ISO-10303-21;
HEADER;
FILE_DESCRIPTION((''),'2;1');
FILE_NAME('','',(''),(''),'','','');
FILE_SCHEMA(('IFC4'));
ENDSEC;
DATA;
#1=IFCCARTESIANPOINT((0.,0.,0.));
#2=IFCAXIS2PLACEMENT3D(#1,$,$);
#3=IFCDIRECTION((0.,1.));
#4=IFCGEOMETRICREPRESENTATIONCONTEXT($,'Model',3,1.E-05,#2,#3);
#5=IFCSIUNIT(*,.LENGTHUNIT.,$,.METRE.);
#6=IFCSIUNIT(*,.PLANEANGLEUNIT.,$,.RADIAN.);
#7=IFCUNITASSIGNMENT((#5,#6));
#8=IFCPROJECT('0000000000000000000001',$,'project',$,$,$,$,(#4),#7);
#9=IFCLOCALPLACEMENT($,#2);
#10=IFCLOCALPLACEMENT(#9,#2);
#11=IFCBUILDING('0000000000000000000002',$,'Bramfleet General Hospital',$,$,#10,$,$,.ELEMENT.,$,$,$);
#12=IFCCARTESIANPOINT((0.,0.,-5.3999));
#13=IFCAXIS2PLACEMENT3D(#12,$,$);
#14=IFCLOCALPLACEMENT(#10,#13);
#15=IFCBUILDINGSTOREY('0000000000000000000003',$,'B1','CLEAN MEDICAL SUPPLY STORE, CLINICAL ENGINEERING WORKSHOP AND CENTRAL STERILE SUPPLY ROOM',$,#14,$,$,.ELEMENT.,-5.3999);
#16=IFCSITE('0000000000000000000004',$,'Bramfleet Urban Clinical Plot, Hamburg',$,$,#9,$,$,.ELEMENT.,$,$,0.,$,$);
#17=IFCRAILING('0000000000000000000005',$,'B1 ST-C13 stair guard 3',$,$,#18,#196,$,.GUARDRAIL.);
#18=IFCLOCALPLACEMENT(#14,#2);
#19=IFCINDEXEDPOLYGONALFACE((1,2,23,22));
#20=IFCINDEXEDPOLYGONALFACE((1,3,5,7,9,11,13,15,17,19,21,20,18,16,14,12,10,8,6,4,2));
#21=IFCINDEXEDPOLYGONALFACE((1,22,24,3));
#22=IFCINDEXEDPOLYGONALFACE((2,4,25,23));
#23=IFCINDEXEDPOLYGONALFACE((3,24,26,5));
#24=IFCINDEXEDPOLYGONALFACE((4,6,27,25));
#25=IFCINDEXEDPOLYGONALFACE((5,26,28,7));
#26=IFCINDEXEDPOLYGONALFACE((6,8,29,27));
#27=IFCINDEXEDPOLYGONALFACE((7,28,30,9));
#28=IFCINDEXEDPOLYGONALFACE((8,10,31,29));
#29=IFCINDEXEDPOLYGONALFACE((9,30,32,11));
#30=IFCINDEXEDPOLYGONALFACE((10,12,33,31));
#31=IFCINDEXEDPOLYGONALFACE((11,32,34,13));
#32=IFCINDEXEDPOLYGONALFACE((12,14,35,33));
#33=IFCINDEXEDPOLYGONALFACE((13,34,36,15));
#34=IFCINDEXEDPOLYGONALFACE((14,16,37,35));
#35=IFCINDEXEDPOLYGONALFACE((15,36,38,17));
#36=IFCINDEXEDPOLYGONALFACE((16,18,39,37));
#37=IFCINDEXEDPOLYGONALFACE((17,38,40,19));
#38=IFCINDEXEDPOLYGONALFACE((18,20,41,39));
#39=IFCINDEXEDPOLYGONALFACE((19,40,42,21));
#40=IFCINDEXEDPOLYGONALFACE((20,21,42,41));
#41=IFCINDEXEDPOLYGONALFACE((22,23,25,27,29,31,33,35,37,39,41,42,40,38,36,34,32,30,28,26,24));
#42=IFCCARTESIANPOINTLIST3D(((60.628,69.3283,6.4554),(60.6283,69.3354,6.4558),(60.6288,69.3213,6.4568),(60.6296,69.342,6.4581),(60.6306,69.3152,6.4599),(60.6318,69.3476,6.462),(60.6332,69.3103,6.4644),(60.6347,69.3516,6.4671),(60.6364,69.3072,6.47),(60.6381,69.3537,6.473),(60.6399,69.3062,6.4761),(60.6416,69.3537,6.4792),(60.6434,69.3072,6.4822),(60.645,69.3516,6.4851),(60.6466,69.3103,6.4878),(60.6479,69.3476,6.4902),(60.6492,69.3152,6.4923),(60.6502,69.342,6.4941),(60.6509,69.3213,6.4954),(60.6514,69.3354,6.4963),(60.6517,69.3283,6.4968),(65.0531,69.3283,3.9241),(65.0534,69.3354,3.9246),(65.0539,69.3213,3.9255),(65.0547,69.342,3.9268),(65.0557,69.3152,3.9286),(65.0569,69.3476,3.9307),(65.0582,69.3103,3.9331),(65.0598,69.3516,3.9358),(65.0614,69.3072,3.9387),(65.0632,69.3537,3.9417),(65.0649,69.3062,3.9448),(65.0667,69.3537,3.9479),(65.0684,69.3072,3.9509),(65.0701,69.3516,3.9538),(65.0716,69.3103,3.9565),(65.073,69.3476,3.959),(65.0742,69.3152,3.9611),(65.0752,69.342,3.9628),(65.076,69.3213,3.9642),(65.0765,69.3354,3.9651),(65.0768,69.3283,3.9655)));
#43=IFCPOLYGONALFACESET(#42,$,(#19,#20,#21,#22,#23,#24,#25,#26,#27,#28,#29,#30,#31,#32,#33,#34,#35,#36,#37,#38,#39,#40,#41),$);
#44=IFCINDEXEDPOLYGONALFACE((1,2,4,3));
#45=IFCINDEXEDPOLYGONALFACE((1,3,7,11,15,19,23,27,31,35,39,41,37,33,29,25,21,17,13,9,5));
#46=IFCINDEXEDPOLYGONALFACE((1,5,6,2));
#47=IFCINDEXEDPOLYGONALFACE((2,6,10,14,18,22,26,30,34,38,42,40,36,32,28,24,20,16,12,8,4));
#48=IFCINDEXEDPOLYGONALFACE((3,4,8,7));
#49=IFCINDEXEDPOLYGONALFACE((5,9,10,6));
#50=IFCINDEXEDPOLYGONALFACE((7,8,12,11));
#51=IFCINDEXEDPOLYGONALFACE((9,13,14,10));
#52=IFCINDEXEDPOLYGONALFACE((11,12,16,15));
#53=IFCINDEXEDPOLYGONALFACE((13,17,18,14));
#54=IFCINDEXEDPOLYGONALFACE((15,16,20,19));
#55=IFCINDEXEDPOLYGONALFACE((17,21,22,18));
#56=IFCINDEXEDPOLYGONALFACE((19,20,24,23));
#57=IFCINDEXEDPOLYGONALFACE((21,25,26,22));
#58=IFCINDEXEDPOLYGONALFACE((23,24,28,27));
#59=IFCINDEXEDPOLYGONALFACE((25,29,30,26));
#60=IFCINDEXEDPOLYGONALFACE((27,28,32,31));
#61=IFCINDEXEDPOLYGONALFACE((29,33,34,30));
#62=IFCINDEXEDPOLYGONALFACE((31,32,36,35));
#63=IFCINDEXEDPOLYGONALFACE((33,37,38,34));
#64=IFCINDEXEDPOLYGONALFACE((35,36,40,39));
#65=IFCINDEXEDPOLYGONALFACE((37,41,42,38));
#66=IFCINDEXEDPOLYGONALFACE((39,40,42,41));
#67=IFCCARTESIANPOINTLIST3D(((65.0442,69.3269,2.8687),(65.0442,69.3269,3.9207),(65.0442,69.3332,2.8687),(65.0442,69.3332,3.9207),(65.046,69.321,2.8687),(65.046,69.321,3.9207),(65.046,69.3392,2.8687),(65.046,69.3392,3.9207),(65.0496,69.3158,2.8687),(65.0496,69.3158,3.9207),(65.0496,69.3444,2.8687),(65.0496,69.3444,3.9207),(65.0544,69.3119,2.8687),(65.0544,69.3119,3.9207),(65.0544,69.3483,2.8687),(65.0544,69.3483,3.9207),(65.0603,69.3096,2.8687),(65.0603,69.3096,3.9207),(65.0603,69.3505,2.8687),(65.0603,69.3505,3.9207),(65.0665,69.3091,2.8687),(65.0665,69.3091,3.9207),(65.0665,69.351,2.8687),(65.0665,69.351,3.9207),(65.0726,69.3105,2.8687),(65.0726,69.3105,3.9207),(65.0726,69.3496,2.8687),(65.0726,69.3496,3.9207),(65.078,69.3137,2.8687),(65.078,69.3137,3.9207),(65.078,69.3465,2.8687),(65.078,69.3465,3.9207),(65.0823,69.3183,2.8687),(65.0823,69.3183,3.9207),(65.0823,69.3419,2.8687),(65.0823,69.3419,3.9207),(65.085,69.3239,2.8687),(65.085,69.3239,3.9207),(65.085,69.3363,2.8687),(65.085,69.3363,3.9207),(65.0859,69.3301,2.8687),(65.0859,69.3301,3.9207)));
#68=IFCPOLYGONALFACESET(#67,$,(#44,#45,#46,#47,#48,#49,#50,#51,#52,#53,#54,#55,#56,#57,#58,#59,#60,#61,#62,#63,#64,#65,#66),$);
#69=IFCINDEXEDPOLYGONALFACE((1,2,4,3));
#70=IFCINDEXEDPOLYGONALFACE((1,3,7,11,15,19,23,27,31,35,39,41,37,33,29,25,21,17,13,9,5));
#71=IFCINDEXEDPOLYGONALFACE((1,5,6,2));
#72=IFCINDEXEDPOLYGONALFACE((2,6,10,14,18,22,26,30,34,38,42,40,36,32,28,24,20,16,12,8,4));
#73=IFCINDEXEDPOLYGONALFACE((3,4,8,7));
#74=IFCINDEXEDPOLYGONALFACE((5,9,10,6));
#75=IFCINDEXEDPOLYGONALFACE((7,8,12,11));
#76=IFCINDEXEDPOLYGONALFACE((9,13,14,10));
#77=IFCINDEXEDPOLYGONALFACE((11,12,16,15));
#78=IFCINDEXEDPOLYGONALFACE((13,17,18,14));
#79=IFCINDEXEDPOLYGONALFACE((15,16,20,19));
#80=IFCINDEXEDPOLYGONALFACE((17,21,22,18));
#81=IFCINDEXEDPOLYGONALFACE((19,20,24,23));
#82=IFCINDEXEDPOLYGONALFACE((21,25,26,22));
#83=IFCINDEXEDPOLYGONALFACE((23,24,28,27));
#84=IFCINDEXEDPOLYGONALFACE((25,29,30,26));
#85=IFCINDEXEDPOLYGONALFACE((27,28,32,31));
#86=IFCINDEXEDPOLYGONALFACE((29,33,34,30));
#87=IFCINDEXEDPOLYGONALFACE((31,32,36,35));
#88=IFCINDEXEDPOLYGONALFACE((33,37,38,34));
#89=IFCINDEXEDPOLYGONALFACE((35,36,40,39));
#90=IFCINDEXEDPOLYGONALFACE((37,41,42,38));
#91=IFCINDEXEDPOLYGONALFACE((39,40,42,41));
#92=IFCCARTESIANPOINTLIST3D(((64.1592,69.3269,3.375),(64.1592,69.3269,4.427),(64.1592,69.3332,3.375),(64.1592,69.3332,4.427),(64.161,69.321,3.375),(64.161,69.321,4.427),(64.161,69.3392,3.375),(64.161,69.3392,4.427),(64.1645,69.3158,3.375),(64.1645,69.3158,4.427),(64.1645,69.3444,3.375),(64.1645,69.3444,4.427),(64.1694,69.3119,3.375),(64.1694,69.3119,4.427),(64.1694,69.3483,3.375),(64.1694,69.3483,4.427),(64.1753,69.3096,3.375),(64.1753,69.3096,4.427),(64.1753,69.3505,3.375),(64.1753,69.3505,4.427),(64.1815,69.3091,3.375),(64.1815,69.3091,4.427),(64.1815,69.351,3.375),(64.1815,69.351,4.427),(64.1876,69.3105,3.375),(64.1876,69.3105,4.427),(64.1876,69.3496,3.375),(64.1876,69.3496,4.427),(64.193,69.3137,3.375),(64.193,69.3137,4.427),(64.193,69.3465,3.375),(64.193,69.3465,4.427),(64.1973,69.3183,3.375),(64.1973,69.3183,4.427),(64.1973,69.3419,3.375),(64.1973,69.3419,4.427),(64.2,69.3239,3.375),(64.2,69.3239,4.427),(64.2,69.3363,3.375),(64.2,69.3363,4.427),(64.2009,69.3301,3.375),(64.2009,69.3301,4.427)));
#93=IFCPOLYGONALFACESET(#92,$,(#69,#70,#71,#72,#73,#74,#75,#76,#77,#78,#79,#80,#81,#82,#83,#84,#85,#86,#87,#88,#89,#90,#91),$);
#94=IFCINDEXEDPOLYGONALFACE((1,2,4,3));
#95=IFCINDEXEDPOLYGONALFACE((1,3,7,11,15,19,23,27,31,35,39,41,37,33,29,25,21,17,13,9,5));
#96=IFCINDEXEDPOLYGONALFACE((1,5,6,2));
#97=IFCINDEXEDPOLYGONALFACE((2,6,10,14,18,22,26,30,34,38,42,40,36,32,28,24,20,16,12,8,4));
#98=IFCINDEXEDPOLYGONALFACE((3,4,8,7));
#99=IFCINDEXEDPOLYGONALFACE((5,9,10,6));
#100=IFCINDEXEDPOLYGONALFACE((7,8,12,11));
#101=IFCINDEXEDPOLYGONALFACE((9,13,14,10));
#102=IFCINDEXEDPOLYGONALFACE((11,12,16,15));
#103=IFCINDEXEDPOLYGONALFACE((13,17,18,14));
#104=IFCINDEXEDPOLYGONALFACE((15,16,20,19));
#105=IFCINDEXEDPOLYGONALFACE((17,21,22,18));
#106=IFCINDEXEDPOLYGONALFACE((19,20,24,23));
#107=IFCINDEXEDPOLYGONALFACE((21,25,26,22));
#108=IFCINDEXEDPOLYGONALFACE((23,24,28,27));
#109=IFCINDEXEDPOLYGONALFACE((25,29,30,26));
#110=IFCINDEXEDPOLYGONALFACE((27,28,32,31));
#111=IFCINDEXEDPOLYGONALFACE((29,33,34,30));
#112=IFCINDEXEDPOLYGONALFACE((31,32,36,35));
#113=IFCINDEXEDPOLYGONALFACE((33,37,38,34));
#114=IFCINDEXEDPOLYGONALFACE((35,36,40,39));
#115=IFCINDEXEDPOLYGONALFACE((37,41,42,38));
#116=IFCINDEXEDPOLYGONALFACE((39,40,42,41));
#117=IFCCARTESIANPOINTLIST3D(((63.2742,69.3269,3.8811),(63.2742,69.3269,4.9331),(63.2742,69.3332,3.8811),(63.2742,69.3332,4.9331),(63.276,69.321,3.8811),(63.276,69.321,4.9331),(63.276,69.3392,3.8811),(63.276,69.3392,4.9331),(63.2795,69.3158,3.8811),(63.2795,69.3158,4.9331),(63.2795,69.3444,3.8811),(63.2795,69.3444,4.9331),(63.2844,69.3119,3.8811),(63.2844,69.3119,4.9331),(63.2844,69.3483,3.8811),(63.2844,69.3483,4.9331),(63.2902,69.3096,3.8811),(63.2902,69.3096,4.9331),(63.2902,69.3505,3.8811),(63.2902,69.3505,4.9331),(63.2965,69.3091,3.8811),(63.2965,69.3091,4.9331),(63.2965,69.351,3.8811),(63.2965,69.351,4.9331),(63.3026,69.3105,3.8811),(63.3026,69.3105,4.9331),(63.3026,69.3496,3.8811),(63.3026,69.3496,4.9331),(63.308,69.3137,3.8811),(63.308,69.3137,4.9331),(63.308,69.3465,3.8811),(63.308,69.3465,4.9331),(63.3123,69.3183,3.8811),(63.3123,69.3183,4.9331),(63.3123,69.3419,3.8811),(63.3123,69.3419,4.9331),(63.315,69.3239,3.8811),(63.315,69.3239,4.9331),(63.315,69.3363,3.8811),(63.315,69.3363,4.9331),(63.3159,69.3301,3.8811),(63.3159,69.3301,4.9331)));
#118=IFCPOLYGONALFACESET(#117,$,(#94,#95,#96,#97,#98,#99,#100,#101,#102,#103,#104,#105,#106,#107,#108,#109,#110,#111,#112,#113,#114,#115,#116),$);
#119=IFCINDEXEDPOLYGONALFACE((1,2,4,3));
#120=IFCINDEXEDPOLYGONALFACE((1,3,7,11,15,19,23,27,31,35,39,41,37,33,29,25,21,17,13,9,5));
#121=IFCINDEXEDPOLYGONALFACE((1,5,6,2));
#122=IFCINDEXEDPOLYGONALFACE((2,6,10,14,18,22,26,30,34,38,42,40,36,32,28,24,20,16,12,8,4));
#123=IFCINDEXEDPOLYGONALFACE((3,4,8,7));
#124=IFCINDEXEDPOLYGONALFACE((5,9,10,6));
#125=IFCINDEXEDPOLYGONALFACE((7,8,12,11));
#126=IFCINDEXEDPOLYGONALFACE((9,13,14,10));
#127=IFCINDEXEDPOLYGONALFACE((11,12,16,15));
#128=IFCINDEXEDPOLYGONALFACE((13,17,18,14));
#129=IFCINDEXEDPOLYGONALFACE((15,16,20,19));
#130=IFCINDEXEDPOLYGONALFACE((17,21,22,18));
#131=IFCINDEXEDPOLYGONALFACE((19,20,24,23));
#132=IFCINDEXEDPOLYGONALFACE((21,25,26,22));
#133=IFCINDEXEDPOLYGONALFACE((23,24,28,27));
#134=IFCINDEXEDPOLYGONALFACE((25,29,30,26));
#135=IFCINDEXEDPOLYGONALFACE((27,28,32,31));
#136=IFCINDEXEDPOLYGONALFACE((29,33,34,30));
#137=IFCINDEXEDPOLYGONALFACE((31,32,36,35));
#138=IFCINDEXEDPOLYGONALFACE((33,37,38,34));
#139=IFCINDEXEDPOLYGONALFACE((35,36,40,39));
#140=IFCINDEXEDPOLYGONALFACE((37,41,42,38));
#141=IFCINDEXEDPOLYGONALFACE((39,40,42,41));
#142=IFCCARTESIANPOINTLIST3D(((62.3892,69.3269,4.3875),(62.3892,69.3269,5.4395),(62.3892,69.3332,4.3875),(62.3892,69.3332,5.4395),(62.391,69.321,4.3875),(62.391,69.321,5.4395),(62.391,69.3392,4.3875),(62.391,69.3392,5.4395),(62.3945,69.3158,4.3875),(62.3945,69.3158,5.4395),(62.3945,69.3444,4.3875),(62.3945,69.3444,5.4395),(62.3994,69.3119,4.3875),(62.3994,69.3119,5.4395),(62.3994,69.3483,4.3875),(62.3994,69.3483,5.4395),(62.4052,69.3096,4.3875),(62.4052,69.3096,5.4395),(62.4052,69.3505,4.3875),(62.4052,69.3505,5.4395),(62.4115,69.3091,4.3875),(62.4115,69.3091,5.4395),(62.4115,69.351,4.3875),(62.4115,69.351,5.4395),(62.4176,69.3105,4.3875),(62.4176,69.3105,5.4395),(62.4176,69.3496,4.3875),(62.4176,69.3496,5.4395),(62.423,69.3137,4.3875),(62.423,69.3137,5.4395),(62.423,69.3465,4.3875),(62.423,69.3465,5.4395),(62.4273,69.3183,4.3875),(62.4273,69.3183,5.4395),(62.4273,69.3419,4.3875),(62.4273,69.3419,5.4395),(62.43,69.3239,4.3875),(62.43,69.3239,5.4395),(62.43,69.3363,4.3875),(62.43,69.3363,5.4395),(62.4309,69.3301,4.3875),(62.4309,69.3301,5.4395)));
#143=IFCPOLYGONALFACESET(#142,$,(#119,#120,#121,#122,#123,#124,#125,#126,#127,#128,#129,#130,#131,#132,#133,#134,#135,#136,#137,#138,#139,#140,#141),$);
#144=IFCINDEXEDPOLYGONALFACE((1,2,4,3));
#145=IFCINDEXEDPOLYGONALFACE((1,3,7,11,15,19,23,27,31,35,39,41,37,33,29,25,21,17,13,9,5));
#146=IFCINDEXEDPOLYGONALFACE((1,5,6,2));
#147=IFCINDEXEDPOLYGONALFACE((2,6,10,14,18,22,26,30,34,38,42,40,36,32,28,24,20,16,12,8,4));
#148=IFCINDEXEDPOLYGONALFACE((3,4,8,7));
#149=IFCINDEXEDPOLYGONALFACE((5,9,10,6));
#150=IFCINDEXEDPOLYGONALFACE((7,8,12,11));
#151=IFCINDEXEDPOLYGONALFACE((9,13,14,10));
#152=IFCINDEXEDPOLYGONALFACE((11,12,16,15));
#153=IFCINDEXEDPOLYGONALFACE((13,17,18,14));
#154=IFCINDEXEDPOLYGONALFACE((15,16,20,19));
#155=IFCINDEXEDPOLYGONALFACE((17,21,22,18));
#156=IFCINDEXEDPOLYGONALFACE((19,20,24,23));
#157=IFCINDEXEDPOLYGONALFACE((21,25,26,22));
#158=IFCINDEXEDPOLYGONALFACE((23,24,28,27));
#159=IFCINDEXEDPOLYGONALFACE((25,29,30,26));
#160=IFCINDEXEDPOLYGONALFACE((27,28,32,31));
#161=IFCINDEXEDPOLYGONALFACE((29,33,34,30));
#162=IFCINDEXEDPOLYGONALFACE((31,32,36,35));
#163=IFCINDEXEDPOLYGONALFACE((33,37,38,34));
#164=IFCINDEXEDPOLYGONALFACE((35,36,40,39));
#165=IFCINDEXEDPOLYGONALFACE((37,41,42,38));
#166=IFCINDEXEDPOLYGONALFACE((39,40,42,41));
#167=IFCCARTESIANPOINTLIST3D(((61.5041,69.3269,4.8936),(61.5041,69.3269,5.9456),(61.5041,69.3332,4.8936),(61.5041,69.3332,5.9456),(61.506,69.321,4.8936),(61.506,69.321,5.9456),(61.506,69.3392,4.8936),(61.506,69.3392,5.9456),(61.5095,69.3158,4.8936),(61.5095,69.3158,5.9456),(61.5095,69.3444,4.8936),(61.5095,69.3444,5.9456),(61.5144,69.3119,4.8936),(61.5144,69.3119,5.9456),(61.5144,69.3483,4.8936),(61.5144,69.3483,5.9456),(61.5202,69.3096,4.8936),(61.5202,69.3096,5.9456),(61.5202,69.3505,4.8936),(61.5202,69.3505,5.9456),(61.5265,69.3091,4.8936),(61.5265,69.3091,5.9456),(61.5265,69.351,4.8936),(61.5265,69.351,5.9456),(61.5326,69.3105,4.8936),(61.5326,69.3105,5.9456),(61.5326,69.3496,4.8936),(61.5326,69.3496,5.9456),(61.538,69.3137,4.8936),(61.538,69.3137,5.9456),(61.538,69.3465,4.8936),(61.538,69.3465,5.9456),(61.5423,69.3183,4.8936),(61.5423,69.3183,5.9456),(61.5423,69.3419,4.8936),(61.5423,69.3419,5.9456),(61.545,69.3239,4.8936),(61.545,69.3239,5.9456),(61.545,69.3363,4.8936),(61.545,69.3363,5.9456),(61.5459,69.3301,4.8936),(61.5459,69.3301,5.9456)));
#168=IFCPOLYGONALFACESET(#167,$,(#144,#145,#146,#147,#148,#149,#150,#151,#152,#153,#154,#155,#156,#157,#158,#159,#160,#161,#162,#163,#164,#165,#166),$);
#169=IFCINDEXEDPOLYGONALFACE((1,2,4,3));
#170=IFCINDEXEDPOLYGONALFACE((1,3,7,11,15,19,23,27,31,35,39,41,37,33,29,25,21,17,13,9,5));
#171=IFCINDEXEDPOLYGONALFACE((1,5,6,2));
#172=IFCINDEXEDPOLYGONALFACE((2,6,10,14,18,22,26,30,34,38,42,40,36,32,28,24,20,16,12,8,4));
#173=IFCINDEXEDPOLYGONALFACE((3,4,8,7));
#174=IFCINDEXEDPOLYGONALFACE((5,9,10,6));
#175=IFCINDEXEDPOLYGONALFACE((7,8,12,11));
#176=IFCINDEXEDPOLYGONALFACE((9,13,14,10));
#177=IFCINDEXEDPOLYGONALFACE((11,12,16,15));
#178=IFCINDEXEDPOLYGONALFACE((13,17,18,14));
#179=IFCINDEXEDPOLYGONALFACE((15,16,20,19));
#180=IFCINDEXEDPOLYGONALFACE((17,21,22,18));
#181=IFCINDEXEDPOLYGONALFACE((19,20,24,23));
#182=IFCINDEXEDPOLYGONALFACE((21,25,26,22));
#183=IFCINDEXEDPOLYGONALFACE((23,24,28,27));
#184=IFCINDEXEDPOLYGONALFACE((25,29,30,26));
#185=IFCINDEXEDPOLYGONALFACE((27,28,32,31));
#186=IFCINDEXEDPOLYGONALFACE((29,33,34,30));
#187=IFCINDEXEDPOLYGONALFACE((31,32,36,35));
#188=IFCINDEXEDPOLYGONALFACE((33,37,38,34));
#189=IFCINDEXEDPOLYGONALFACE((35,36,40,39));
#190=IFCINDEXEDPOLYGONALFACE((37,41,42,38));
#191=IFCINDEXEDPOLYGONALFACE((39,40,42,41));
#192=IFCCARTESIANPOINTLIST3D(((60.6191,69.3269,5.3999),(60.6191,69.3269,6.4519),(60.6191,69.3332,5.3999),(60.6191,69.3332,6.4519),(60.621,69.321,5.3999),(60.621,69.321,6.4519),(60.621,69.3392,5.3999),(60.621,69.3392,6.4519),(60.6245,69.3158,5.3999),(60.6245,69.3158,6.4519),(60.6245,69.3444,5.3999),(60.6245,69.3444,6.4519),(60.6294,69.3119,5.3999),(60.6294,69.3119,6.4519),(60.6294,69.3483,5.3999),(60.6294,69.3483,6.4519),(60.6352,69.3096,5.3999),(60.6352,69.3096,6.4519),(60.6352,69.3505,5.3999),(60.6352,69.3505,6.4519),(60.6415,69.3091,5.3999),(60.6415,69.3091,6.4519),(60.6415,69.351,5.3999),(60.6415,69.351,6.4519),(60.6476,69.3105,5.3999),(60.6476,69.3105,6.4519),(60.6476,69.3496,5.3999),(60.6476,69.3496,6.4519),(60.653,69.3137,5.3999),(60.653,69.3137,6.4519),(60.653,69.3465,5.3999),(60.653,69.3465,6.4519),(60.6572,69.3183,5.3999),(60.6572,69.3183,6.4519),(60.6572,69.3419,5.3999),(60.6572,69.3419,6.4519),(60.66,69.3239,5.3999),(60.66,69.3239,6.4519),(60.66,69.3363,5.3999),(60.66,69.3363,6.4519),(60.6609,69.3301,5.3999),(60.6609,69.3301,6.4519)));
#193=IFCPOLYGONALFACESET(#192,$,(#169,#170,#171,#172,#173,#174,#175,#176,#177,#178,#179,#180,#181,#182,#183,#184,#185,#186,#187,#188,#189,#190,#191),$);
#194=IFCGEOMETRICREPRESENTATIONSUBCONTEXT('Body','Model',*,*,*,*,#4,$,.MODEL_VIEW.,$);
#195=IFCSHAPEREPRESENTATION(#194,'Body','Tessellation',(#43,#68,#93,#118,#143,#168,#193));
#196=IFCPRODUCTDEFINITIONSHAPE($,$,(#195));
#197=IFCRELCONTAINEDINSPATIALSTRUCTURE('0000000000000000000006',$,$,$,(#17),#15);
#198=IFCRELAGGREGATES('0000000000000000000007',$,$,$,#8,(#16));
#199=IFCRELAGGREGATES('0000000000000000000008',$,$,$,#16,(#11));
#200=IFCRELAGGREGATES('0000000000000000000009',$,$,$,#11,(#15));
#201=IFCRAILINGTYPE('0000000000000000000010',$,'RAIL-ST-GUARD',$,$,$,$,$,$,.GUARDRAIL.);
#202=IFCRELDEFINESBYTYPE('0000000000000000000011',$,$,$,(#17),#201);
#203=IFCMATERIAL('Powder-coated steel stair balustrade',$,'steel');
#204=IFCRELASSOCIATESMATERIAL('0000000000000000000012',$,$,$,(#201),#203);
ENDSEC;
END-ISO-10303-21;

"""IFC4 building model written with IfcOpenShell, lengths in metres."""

from ifc_helpers import new_model, si_unit, direction, frame, origin, origin_2d, place, context, subcontext, project, spatial, circle, extrude, material, type_object, element, save


model = new_model("IFC4")

# Units and contexts
model_context = context("Model", 3, precision=1e-05, world=origin(), true_north=direction((0.0, 1.0)))
body_context = subcontext(model_context, "Body", "Model", "MODEL_VIEW")
ifc_project = project(units=[si_unit("LENGTHUNIT", "METRE"), si_unit("PLANEANGLEUNIT", "RADIAN")], contexts=[model_context])

# Site, building, storey
site_placement = place(None, origin())
site = spatial("IfcSite", under=ifc_project, at=site_placement, Name="Bramfleet Urban Clinical Plot, Hamburg", CompositionType="ELEMENT", RefElevation=0.0)
building_placement = place(site_placement, origin())
building = spatial("IfcBuilding", under=site, at=building_placement, Name="Bramfleet General Hospital", CompositionType="ELEMENT")
storey_placement = place(building_placement, frame((0.0, 0.0, -5.3999)))
storey = spatial("IfcBuildingStorey", under=building, at=storey_placement, Name="B1", Description="CLEAN MEDICAL SUPPLY STORE, CLINICAL ENGINEERING WORKSHOP AND CENTRAL STERILE SUPPLY ROOM", CompositionType="ELEMENT", Elevation=-5.3999)

# Railing
ifc_material_1 = material(Name="Powder-coated steel stair balustrade", Category="steel")
railing_type_1 = type_object("IfcRailingType", Name="RAIL-ST-GUARD", PredefinedType="GUARDRAIL", material=ifc_material_1)
railing_1_placement = place(storey_placement, frame((65.0649, 69.3301, 2.8687)))
element("IfcRailing", 1, at=railing_1_placement, inside=storey, type_object=railing_type_1, Name="B1 ST-C13 stair guard 3", PredefinedType="GUARDRAIL", context=body_context, shape_type="SweptSolid", body=[
    extrude(circle(Radius=0.0239, at=origin_2d()), frame((0.0, 0.0, 1.0762), z_axis=(-0.868019, 0.0, 0.496531), x_axis=(0.0, -1.0, 0.0)), (0.0, 0.0, 1.0), 5.0979),
    extrude(circle(Radius=0.021, at=origin_2d()), origin(), (0.0, 0.0, 1.0), 1.052),
    extrude(circle(Radius=0.021, at=origin_2d()), frame((-0.885, 0.0, 0.5063)), (0.0, 0.0, 1.0), 1.052),
    extrude(circle(Radius=0.021, at=origin_2d()), frame((-1.77, 0.0, 1.0125)), (0.0, 0.0, 1.0), 1.052),
    extrude(circle(Radius=0.021, at=origin_2d()), frame((-2.655, 0.0, 1.5188)), (0.0, 0.0, 1.0), 1.052),
    extrude(circle(Radius=0.021, at=origin_2d()), frame((-3.54, 0.0, 2.0249)), (0.0, 0.0, 1.0), 1.052),
    extrude(circle(Radius=0.021, at=origin_2d()), frame((-4.425, 0.0, 2.5312)), (0.0, 0.0, 1.0), 1.052),
])

save(model, "model.ifc")
